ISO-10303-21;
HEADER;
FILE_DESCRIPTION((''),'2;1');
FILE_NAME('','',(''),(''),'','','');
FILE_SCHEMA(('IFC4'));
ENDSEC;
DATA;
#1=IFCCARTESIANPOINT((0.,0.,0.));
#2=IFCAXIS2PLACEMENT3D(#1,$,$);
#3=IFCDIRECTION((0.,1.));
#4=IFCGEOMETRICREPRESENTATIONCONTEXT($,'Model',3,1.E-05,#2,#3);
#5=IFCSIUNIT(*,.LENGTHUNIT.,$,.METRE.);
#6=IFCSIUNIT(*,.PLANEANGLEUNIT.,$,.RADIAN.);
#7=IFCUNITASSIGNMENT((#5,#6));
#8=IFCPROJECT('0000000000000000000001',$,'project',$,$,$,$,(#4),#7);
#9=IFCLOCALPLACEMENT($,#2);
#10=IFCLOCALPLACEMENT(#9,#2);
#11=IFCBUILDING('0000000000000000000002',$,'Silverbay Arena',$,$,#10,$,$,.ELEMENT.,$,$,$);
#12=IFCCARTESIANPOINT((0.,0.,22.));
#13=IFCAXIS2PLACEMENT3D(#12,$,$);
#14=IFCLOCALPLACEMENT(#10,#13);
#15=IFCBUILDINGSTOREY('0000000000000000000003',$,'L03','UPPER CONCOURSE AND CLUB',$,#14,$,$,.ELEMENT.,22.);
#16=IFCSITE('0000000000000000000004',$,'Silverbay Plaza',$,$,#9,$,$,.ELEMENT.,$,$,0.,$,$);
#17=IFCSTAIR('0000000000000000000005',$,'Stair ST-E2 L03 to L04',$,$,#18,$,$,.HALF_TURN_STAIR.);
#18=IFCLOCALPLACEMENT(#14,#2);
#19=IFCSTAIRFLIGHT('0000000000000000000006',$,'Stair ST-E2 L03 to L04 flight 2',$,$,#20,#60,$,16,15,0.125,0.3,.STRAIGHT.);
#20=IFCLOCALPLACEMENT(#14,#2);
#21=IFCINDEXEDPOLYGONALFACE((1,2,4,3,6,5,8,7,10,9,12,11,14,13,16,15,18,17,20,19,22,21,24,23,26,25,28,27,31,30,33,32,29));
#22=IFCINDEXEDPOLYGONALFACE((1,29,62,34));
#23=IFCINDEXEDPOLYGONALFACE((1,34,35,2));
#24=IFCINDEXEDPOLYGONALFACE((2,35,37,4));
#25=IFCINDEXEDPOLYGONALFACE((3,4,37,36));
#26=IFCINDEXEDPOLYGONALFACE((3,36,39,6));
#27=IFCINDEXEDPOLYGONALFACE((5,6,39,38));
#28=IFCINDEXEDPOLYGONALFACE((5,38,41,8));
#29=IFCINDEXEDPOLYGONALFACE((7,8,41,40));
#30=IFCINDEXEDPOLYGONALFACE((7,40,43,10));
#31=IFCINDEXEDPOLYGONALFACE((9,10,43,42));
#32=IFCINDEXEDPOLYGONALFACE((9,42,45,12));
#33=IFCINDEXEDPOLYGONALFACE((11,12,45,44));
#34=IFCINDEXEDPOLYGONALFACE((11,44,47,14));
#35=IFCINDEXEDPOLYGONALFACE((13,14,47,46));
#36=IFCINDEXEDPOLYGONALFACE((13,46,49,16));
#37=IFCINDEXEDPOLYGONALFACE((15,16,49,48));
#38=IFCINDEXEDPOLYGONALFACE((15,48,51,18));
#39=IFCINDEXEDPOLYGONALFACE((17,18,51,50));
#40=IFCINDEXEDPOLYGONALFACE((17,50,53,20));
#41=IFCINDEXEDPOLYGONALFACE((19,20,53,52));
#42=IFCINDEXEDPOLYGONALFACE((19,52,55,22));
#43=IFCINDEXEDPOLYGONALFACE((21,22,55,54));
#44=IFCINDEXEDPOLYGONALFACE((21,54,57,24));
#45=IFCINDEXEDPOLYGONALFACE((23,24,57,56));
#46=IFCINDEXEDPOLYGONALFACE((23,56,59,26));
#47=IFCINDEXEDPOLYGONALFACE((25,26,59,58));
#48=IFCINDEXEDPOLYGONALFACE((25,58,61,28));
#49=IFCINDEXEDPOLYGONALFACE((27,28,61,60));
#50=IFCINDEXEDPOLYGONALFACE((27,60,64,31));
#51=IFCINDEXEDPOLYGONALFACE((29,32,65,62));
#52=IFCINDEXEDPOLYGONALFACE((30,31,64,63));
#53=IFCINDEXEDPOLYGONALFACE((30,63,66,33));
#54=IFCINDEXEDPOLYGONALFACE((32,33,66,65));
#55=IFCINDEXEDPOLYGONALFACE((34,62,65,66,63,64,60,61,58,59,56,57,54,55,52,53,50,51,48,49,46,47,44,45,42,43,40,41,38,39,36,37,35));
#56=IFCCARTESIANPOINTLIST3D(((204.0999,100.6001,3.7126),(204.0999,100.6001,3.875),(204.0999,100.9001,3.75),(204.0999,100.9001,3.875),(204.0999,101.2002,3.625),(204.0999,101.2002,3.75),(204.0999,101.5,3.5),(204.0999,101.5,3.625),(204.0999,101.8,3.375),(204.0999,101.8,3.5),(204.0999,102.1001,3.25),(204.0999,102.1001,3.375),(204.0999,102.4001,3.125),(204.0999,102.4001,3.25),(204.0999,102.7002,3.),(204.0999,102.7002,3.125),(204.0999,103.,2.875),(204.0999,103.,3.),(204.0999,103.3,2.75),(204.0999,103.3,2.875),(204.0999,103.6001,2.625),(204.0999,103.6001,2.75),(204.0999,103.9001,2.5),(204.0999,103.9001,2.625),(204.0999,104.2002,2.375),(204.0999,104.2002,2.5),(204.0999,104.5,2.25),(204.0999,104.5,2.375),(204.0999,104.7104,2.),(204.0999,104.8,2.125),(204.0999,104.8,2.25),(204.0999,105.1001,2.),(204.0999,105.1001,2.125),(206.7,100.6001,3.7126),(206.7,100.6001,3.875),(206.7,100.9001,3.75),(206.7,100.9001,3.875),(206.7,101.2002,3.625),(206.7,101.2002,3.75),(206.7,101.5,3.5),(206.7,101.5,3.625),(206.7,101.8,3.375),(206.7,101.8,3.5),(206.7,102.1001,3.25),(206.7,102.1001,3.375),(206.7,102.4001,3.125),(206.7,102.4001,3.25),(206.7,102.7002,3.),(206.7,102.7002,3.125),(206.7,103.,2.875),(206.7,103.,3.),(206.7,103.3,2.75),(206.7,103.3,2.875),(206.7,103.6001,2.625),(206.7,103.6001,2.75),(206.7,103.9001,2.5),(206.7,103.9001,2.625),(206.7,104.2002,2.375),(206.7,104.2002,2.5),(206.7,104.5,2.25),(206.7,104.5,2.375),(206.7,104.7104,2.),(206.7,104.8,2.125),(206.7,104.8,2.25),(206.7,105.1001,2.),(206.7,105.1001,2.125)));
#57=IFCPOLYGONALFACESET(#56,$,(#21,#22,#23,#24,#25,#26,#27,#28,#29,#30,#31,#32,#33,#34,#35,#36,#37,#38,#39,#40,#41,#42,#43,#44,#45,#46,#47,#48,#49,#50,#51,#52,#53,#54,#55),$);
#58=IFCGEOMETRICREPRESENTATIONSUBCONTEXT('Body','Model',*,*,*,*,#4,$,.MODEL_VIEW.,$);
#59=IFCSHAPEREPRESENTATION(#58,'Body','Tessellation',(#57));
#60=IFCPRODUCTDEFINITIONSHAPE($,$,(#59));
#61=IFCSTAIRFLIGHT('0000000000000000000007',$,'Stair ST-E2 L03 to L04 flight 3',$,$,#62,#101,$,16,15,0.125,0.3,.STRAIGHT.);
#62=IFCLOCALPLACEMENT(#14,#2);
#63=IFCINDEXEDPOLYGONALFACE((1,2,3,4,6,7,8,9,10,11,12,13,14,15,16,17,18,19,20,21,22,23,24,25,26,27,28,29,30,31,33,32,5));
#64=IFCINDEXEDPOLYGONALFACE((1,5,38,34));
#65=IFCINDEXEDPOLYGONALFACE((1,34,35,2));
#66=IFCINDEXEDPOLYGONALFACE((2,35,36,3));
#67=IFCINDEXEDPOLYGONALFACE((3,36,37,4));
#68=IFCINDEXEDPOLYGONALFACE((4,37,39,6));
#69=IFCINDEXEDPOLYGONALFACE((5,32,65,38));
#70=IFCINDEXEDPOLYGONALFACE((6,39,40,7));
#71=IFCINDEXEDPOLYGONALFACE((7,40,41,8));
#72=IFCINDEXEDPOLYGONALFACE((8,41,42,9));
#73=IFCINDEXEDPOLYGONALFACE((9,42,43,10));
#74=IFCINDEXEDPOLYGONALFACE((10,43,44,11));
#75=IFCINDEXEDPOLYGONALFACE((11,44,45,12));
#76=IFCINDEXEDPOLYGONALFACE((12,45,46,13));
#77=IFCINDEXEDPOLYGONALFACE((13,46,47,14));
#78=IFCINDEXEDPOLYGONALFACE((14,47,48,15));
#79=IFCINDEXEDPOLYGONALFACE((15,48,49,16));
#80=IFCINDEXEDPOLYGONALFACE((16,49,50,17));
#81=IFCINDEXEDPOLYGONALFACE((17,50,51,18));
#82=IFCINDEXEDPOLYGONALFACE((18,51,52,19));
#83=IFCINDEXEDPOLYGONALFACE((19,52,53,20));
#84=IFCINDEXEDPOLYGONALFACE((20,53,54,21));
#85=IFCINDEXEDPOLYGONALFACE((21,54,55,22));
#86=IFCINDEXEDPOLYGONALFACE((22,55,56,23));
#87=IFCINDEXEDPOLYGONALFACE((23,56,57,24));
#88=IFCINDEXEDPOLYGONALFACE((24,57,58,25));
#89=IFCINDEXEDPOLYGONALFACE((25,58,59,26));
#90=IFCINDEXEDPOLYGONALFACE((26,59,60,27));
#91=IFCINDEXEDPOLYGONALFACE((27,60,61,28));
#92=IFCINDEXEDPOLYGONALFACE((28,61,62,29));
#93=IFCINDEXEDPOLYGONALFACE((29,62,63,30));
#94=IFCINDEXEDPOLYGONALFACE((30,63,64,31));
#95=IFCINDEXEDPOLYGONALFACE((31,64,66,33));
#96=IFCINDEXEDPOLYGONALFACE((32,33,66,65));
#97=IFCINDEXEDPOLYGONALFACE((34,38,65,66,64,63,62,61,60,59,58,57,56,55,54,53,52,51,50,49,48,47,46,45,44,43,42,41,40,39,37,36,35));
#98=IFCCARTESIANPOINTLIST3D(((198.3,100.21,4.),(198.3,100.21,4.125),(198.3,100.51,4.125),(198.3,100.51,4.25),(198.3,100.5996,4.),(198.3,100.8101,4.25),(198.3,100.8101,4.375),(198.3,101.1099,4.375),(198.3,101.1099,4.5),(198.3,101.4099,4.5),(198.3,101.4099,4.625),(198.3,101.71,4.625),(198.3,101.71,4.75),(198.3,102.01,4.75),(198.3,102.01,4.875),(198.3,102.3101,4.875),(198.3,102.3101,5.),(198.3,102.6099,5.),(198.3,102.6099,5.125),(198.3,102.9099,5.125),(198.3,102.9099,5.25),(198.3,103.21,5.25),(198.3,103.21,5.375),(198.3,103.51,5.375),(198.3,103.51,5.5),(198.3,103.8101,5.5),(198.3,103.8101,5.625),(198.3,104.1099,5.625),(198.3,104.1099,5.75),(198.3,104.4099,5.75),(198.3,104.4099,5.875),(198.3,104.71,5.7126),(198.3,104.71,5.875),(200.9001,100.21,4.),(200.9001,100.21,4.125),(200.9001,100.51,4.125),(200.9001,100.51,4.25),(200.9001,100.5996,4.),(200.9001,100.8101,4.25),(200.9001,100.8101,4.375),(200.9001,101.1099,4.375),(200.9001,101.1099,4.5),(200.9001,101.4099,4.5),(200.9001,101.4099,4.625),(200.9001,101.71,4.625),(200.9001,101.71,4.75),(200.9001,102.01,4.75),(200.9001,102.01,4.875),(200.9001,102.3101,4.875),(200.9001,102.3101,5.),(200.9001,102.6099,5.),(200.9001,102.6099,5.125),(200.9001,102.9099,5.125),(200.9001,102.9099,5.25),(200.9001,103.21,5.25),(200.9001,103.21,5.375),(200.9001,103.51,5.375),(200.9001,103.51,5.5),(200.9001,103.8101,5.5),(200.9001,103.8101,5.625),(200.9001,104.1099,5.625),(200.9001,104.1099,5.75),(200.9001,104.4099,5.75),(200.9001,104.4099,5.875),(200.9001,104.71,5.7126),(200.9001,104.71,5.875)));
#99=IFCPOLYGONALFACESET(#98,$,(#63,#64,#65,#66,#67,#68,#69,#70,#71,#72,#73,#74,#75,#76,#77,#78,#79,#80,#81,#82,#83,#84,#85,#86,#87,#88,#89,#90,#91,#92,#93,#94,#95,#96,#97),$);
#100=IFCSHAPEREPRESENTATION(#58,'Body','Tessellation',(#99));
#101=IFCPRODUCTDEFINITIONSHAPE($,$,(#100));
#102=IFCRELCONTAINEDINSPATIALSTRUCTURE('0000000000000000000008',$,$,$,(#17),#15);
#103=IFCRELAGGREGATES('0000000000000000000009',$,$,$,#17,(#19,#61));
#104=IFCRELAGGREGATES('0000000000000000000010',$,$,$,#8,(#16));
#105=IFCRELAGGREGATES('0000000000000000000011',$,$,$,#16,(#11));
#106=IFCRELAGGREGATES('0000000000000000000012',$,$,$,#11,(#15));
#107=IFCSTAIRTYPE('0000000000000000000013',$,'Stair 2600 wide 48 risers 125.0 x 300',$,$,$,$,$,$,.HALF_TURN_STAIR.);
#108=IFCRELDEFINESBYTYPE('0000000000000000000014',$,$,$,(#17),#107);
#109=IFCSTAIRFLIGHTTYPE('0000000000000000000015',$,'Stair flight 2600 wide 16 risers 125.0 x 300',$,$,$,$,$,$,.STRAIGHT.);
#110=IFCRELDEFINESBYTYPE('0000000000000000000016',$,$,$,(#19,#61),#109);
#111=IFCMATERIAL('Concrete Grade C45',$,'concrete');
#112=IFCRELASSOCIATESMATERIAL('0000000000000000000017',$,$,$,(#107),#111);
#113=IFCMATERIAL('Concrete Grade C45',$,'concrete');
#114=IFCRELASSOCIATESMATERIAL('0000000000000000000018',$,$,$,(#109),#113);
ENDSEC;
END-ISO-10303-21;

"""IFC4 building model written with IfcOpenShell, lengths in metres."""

from ifc_helpers import new_model, si_unit, direction, frame, origin, place, context, subcontext, project, spatial, polyline, outline, extrude, material, type_object, element, aggregate, save


model = new_model("IFC4")

# Units and contexts
model_context = context("Model", 3, precision=1e-05, world=origin(), true_north=direction((0.0, 1.0)))
body_context = subcontext(model_context, "Body", "Model", "MODEL_VIEW")
ifc_project = project(units=[si_unit("LENGTHUNIT", "METRE"), si_unit("PLANEANGLEUNIT", "RADIAN")], contexts=[model_context])

# Site, building, storey
site_placement = place(None, origin())
site = spatial("IfcSite", under=ifc_project, at=site_placement, Name="Silverbay Plaza", CompositionType="ELEMENT", RefElevation=0.0)
building_placement = place(site_placement, origin())
building = spatial("IfcBuilding", under=site, at=building_placement, Name="Silverbay Arena", CompositionType="ELEMENT")
storey_placement = place(building_placement, frame((0.0, 0.0, 22.0)))
storey = spatial("IfcBuildingStorey", under=building, at=storey_placement, Name="L03", Description="UPPER CONCOURSE AND CLUB", CompositionType="ELEMENT", Elevation=22.0)

# Stair, stair flights
ifc_material_1 = material(Name="Concrete Grade C45", Category="concrete")
stair_type = type_object("IfcStairType", Name="Stair 2600 wide 48 risers 125.0 x 300", PredefinedType="HALF_TURN_STAIR", material=ifc_material_1)
stair_placement = place(storey_placement, origin())
stair = element("IfcStair", 1, at=stair_placement, inside=storey, type_object=stair_type, Name="Stair ST-E2 L03 to L04", PredefinedType="HALF_TURN_STAIR")
ifc_material_2 = material(Name="Concrete Grade C45", Category="concrete")
stair_flight_type = type_object("IfcStairFlightType", Name="Stair flight 2600 wide 16 risers 125.0 x 300", PredefinedType="STRAIGHT", material=ifc_material_2)
stair_flight_1_placement = place(storey_placement, frame((205.3999, 105.1001, 2.0), z_axis=(0.0, 0.0, 1.0), x_axis=(0.0, -1.0, 0.0)))
stair_flight_1 = element("IfcStairFlight", 2, at=stair_flight_1_placement, type_object=stair_flight_type, Name="Stair ST-E2 L03 to L04 flight 2", NumberOfRisers=16, NumberOfTreads=15, PredefinedType="STRAIGHT", RiserHeight=0.125, TreadLength=0.3, context=body_context, shape_type="SweptSolid", body=[
    extrude(outline(polyline([(0.0, 0.0), (0.0, 0.125), (0.3, 0.125), (0.3, 0.25), (0.6001, 0.25), (0.6001, 0.375), (0.8999, 0.375), (0.8999, 0.5), (1.2, 0.5), (1.2, 0.625), (1.5, 0.625), (1.5, 0.75), (1.8, 0.75), (1.8, 0.875), (2.1001, 0.875), (2.1001, 1.0), (2.3999, 1.0), (2.3999, 1.125), (2.7, 1.125), (2.7, 1.25), (3.0, 1.25), (3.0, 1.375), (3.3, 1.375), (3.3, 1.5), (3.6001, 1.5), (3.6001, 1.625), (3.8999, 1.625), (3.8999, 1.75), (4.2, 1.75), (4.2, 1.875), (4.5, 1.875), (4.5, 1.7126), (0.3896, 0.0), (0.0, 0.0)])), frame((0.0, 1.3, 0.0), z_axis=(0.0, -1.0, 0.0), x_axis=(1.0, 0.0, 0.0)), (0.0, 0.0, 1.0), 2.6001),
])
stair_flight_2_placement = place(storey_placement, frame((199.6001, 100.21, 4.0), z_axis=(0.0, 0.0, 1.0), x_axis=(0.0, 1.0, 0.0)))
stair_flight_2 = element("IfcStairFlight", 3, at=stair_flight_2_placement, type_object=stair_flight_type, Name="Stair ST-E2 L03 to L04 flight 3", NumberOfRisers=16, NumberOfTreads=15, PredefinedType="STRAIGHT", RiserHeight=0.125, TreadLength=0.3, context=body_context, shape_type="SweptSolid", body=[
    extrude(outline(polyline([(0.0, 0.0), (0.0, 0.125), (0.3, 0.125), (0.3, 0.25), (0.6001, 0.25), (0.6001, 0.375), (0.8999, 0.375), (0.8999, 0.5), (1.2, 0.5), (1.2, 0.625), (1.5, 0.625), (1.5, 0.75), (1.8, 0.75), (1.8, 0.875), (2.1001, 0.875), (2.1001, 1.0), (2.3999, 1.0), (2.3999, 1.125), (2.7, 1.125), (2.7, 1.25), (3.0, 1.25), (3.0, 1.375), (3.3, 1.375), (3.3, 1.5), (3.6001, 1.5), (3.6001, 1.625), (3.8999, 1.625), (3.8999, 1.75), (4.2, 1.75), (4.2, 1.875), (4.5, 1.875), (4.5, 1.7126), (0.3896, 0.0), (0.0, 0.0)])), frame((0.0, 1.3, 0.0), z_axis=(0.0, -1.0, 0.0), x_axis=(1.0, 0.0, 0.0)), (0.0, 0.0, 1.0), 2.6001),
])
aggregate(stair, [stair_flight_1, stair_flight_2])

save(model, "model.ifc")
